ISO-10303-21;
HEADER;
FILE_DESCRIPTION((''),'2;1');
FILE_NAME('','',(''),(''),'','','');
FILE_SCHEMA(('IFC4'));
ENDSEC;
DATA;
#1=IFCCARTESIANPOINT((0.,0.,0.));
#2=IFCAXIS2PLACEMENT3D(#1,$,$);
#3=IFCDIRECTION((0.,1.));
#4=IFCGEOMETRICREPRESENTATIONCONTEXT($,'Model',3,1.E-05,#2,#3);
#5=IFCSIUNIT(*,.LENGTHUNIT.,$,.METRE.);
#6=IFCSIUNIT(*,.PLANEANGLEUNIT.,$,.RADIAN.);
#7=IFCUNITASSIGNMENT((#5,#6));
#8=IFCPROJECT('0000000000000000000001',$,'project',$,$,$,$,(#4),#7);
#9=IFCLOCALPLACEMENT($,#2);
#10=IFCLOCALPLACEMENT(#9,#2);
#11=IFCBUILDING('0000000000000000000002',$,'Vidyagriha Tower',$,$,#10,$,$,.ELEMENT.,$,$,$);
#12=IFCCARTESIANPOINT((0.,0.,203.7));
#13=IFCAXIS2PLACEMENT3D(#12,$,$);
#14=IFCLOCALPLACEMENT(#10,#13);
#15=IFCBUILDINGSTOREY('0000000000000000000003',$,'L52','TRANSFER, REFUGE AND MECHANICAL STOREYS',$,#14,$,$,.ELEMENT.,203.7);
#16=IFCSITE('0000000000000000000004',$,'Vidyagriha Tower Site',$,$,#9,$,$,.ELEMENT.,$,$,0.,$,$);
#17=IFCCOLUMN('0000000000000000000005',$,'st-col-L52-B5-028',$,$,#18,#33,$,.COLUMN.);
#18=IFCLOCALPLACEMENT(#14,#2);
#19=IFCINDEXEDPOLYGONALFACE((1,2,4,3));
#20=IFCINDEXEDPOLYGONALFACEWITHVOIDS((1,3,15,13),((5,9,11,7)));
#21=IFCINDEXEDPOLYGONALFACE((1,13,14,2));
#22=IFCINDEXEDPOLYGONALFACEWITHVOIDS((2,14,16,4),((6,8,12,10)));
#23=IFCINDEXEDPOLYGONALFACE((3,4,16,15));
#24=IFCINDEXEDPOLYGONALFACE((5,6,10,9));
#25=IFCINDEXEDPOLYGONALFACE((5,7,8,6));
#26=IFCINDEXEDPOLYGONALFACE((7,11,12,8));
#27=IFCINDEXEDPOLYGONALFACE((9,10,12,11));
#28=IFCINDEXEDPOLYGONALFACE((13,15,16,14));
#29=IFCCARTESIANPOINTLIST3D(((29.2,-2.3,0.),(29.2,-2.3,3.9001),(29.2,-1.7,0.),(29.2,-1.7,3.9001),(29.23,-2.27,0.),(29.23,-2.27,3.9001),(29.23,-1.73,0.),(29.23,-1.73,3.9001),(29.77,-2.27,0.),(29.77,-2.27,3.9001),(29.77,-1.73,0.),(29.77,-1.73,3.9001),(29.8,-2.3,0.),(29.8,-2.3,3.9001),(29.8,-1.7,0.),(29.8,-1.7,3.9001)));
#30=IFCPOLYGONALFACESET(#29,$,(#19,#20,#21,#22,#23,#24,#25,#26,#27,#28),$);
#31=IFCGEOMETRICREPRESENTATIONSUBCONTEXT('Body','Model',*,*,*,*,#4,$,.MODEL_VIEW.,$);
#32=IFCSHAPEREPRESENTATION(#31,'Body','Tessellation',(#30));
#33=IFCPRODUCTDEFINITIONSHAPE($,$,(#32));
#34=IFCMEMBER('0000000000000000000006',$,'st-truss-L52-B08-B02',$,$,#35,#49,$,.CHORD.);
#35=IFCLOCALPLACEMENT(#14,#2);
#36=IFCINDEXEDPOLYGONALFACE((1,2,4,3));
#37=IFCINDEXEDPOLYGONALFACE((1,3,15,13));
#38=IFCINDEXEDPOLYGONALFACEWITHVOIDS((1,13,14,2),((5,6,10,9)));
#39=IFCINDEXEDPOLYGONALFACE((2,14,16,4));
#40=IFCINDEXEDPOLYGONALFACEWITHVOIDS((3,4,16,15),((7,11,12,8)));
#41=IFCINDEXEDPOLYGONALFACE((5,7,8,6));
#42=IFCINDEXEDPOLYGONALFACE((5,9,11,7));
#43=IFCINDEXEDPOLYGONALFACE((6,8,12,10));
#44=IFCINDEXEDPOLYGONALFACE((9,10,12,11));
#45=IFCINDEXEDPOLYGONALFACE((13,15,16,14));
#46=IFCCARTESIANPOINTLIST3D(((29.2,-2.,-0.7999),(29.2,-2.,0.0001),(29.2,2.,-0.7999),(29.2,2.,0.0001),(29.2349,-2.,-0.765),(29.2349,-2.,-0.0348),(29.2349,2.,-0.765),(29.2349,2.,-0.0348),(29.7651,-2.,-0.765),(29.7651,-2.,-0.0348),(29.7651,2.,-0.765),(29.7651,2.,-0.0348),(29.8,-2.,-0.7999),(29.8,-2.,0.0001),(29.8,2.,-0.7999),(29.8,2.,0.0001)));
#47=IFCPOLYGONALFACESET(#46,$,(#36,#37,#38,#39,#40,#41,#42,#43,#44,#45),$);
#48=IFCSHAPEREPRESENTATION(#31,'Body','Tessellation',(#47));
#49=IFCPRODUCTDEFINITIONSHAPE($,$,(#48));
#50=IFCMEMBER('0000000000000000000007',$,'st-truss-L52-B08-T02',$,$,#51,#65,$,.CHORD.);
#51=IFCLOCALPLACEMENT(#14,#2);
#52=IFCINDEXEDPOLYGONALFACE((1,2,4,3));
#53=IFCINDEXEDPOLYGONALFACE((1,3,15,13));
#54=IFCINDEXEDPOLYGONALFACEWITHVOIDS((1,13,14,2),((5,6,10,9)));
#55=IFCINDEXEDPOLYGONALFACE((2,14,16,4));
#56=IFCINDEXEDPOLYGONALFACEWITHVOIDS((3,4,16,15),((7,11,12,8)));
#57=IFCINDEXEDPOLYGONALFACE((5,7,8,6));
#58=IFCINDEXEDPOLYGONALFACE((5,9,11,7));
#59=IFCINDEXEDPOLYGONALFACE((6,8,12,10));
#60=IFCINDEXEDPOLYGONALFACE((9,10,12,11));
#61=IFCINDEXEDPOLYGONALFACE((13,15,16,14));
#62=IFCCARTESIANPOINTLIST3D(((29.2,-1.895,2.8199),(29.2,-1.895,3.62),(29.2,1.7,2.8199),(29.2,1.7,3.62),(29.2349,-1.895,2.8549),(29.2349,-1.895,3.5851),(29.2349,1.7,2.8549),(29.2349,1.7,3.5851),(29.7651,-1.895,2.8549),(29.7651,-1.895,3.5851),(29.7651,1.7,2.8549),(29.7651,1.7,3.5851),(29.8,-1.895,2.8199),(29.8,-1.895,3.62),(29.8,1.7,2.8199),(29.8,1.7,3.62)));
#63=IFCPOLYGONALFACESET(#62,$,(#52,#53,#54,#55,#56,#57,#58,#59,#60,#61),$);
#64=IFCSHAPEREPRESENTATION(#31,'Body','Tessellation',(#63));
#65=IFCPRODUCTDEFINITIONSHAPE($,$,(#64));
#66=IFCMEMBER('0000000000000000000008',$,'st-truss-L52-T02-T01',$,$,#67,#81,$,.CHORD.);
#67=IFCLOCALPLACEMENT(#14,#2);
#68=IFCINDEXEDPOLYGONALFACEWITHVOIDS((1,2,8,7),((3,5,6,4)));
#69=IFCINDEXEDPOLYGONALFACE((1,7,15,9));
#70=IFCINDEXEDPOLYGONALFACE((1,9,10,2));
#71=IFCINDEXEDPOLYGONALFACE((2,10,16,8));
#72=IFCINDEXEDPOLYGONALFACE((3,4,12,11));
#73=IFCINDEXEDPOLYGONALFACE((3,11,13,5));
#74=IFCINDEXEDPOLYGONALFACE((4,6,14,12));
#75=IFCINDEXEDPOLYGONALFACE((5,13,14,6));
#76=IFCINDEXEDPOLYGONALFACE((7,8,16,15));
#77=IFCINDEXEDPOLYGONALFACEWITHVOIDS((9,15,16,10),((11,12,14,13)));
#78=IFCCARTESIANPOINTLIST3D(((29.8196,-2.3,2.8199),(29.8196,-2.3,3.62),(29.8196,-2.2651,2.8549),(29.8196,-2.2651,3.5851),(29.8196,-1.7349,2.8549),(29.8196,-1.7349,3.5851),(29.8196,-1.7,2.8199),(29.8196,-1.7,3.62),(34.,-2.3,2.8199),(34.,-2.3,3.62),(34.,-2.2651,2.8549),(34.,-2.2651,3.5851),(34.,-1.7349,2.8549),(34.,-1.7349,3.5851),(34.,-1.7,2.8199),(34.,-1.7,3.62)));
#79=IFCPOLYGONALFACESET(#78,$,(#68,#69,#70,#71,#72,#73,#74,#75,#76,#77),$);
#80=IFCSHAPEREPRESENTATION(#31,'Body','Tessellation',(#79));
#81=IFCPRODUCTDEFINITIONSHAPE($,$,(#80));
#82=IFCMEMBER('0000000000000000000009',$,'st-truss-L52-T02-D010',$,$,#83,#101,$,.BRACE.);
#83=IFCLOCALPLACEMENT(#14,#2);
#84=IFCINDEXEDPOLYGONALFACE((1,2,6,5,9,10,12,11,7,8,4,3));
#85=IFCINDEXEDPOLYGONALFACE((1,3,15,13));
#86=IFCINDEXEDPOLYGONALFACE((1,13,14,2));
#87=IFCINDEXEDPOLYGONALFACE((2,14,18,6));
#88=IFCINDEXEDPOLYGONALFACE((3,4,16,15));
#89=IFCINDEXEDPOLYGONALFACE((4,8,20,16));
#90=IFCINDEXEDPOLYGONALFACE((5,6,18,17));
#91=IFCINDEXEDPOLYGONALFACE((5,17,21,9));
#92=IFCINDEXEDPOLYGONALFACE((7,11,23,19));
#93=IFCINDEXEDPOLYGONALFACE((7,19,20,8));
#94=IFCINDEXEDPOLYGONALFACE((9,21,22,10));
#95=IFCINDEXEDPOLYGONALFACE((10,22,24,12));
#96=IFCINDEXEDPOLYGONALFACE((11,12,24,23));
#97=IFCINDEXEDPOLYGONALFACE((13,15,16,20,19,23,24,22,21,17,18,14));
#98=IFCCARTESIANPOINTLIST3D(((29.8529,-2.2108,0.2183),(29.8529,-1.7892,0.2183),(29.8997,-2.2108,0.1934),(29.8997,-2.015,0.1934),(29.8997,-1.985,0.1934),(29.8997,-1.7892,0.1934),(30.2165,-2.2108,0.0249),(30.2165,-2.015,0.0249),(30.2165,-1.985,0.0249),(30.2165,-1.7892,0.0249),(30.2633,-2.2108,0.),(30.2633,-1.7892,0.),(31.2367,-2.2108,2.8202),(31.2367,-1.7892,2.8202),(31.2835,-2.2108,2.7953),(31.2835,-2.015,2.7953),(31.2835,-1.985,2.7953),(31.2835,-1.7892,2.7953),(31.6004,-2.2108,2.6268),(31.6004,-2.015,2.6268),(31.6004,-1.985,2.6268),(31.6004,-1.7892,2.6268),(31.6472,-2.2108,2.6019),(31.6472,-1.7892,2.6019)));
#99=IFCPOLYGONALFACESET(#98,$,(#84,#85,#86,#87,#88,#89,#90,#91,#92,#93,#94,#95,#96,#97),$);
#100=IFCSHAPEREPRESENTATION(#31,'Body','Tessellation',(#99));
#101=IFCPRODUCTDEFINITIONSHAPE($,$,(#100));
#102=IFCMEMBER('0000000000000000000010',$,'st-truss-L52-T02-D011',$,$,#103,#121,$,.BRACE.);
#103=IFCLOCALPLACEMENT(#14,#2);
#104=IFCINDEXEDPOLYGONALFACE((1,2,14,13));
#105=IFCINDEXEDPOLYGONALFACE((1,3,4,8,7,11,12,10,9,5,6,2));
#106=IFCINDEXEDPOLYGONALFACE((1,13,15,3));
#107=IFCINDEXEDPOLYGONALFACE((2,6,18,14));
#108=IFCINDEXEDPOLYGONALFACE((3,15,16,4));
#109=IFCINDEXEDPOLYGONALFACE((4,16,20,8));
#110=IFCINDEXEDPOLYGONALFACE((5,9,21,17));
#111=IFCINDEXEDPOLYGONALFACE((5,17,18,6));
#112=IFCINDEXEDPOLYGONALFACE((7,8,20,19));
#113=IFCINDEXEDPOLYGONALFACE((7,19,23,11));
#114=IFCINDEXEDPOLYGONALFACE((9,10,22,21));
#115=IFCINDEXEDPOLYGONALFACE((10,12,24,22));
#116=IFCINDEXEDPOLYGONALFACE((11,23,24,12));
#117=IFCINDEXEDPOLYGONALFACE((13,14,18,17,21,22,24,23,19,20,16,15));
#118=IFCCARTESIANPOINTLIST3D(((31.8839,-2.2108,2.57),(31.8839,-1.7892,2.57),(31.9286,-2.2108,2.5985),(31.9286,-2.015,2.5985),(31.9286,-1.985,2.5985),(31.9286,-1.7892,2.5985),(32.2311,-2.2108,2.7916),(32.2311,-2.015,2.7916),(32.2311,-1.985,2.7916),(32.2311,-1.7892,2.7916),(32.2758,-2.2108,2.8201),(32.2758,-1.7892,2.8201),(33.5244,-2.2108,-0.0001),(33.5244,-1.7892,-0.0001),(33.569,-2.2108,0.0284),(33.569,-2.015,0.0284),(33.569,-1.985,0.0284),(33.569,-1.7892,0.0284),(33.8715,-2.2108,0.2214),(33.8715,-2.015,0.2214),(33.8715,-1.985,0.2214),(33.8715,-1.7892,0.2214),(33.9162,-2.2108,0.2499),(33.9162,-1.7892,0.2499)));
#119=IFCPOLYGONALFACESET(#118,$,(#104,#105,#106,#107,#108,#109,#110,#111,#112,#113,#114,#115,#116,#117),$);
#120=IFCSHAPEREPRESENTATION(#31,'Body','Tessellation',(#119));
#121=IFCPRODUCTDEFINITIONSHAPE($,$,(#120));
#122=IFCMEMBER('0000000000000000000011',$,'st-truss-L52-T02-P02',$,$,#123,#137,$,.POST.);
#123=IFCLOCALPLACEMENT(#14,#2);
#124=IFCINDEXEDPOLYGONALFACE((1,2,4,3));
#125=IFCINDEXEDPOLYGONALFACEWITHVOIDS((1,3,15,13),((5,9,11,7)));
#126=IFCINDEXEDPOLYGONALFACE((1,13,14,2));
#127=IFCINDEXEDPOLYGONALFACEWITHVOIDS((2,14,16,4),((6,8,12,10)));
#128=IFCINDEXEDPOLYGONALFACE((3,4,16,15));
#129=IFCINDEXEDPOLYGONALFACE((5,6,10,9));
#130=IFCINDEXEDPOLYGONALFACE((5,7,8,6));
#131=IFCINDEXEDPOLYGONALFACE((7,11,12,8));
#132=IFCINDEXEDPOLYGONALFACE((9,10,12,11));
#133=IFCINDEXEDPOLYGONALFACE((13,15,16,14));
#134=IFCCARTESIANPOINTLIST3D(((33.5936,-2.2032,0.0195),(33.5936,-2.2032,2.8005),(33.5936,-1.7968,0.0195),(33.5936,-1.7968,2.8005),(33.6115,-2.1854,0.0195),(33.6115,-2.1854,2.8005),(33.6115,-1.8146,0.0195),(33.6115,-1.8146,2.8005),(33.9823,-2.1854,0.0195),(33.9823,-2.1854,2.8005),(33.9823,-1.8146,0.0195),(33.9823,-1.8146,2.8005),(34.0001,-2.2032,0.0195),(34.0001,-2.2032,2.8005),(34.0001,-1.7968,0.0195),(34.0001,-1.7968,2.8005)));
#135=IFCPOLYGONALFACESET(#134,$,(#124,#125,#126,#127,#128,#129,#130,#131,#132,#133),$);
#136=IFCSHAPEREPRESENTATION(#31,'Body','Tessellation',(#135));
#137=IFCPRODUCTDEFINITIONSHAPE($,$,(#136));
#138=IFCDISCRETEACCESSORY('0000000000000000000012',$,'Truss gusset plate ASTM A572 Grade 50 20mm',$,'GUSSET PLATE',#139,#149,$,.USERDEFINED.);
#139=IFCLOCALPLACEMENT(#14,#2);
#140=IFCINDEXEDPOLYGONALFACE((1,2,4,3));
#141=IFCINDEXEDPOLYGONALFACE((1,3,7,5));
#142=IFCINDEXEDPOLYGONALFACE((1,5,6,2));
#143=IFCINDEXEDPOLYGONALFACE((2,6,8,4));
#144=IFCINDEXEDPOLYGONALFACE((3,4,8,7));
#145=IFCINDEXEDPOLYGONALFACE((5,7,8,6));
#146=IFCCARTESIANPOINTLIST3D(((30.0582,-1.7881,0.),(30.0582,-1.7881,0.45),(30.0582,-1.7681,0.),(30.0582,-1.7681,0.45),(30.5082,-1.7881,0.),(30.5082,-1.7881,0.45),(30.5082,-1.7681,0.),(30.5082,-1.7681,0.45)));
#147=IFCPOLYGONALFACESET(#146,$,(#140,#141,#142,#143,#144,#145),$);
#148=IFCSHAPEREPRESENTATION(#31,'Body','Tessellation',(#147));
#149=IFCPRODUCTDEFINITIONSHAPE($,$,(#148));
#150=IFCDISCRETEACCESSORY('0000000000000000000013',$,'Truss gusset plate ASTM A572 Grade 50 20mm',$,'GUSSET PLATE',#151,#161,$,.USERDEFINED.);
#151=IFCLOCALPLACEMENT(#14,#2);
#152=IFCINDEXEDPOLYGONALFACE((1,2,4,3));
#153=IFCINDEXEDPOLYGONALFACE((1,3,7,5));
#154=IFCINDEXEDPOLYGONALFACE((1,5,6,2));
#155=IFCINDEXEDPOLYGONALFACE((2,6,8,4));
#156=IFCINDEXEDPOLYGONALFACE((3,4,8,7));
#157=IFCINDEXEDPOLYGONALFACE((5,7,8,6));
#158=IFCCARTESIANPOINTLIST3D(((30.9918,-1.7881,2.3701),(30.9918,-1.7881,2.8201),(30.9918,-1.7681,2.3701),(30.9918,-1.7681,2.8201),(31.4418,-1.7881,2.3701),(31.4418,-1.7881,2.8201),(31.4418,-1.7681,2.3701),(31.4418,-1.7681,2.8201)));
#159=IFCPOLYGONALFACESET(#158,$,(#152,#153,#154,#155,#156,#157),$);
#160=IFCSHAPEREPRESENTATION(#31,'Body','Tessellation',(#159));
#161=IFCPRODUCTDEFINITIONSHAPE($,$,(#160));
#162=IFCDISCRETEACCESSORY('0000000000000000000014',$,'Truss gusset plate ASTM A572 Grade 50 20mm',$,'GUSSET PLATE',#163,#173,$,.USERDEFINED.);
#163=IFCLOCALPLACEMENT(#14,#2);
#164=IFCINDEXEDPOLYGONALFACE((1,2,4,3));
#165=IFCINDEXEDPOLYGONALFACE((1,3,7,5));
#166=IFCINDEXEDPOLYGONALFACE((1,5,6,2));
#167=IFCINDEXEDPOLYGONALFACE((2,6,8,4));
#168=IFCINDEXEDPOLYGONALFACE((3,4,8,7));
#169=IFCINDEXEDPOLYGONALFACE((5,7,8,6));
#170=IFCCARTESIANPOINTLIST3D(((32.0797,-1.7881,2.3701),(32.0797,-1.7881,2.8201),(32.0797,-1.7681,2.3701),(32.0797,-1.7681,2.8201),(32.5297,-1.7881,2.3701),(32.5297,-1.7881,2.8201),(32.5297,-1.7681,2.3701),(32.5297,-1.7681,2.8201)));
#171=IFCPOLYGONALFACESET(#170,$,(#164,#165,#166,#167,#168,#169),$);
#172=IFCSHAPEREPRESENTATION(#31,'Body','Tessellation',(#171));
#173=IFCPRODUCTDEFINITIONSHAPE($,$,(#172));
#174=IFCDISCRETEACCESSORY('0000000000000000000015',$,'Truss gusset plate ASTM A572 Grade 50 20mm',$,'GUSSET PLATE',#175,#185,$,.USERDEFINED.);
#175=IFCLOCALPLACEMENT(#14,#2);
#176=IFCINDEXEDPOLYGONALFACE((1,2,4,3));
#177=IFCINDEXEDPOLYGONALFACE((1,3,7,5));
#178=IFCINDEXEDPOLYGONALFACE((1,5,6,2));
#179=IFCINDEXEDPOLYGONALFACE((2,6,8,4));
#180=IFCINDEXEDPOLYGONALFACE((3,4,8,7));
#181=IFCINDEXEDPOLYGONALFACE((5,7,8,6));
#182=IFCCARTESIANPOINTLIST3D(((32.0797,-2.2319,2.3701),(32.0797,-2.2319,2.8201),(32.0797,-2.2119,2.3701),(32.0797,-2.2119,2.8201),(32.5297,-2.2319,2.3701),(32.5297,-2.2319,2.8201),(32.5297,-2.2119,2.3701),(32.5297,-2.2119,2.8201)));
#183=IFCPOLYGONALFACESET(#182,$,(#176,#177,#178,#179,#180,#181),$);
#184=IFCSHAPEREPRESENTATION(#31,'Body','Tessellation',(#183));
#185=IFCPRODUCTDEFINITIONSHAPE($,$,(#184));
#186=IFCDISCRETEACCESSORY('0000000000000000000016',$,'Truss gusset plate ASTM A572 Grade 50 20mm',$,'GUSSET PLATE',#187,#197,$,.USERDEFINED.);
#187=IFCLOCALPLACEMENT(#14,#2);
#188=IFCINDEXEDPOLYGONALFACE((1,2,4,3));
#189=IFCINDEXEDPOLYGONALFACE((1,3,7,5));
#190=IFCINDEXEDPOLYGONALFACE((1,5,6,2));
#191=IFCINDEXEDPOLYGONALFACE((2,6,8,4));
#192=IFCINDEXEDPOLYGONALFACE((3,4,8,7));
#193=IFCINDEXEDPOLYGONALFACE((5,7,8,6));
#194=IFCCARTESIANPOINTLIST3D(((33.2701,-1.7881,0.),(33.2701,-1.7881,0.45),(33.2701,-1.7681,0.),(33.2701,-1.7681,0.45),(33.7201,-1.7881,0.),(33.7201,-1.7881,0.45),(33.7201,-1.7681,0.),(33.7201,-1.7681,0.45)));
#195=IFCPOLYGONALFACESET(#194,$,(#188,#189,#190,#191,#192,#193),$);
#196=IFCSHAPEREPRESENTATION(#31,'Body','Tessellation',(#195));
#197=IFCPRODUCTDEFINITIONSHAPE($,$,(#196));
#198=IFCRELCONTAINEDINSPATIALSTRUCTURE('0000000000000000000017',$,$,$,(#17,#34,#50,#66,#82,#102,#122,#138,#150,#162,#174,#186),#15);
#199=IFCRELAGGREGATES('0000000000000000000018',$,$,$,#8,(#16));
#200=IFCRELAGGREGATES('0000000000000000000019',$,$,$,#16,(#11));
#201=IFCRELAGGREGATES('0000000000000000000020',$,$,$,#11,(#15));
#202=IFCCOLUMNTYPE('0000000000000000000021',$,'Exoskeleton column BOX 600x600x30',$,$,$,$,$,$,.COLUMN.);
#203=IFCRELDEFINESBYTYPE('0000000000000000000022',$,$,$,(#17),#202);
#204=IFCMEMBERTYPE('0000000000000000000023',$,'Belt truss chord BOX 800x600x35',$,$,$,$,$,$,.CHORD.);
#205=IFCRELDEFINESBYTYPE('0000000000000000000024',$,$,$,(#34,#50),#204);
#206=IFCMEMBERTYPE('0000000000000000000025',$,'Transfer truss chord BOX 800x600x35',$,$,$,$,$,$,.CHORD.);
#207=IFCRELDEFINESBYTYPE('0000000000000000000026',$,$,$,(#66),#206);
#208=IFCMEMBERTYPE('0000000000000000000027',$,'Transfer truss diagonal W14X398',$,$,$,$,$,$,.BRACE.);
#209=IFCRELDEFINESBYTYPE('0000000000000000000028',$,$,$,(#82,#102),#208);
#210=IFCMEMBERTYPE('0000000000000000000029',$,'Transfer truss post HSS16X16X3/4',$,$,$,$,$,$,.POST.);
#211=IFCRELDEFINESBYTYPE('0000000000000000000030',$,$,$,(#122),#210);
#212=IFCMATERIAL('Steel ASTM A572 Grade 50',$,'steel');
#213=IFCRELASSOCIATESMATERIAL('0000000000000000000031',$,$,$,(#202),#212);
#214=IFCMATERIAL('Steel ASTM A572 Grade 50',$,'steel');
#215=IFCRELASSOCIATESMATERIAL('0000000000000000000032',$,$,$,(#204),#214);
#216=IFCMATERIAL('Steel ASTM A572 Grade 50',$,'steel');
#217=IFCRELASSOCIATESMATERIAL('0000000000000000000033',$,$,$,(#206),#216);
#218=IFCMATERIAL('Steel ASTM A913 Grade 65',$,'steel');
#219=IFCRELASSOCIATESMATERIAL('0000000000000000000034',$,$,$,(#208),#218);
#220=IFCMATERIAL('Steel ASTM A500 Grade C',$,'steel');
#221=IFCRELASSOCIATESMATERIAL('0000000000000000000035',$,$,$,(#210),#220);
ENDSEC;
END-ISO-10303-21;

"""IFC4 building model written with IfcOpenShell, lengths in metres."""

from ifc_helpers import new_model, si_unit, direction, frame, origin, origin_2d, place, context, subcontext, project, spatial, rectangle, hollow_rectangle, i_section, extrude, material, material_profile, profile_set, type_object, element, save


model = new_model("IFC4")

# Units and contexts
model_context = context("Model", 3, precision=1e-05, world=origin(), true_north=direction((0.0, 1.0)))
body_context = subcontext(model_context, "Body", "Model", "MODEL_VIEW")
ifc_project = project(units=[si_unit("LENGTHUNIT", "METRE"), si_unit("PLANEANGLEUNIT", "RADIAN")], contexts=[model_context])

# Site, building, storey
site_placement = place(None, origin())
site = spatial("IfcSite", under=ifc_project, at=site_placement, Name="Vidyagriha Tower Site", CompositionType="ELEMENT", RefElevation=0.0)
building_placement = place(site_placement, origin())
building = spatial("IfcBuilding", under=site, at=building_placement, Name="Vidyagriha Tower", CompositionType="ELEMENT")
storey_placement = place(building_placement, frame((0.0, 0.0, 203.7)))
storey = spatial("IfcBuildingStorey", under=building, at=storey_placement, Name="L52", Description="TRANSFER, REFUGE AND MECHANICAL STOREYS", CompositionType="ELEMENT", Elevation=203.7)

# Column
ifc_material_1 = material(Name="Steel ASTM A572 Grade 50", Category="steel")
ifc_material_profile_1 = material_profile(ifc_material_1, hollow_rectangle(XDim=0.6001, YDim=0.6001, WallThickness=0.03, at=origin_2d()), Name="BOX 600x600x30")
ifc_profile_set_1 = profile_set([ifc_material_profile_1], Name="Steel ASTM A572 Grade 50")
column_type = type_object("IfcColumnType", Name="Exoskeleton column BOX 600x600x30", PredefinedType="COLUMN", material=ifc_profile_set_1)
column_placement = place(storey_placement, frame((29.5, -2.0, 0.0)))
element("IfcColumn", 1, at=column_placement, inside=storey, type_object=column_type, Name="st-col-L52-B5-028", PredefinedType="COLUMN", context=body_context, shape_type="SweptSolid", body=[
    extrude(hollow_rectangle(XDim=0.6001, YDim=0.6001, WallThickness=0.03, at=origin_2d()), origin(), (0.0, 0.0, 1.0), 3.9001),
])

# Members
ifc_material_2 = material(Name="Steel ASTM A572 Grade 50", Category="steel")
ifc_material_profile_2 = material_profile(ifc_material_2, hollow_rectangle(XDim=0.6001, YDim=0.8, WallThickness=0.0349, at=origin_2d()), Name="BOX 800x600x35")
ifc_profile_set_2 = profile_set([ifc_material_profile_2], Name="Steel ASTM A572 Grade 50")
member_type_1 = type_object("IfcMemberType", Name="Belt truss chord BOX 800x600x35", PredefinedType="CHORD", material=ifc_profile_set_2)
member_1_placement = place(storey_placement, frame((29.5, -2.0, -0.3999), z_axis=(0.0, 1.0, 0.0), x_axis=(-1.0, 0.0, 0.0)))
element("IfcMember", 2, at=member_1_placement, inside=storey, type_object=member_type_1, Name="st-truss-L52-B08-B02", PredefinedType="CHORD", context=body_context, shape_type="SweptSolid", body=[
    extrude(hollow_rectangle(XDim=0.6001, YDim=0.8, WallThickness=0.0349, at=origin_2d()), origin(), (0.0, 0.0, 1.0), 4.0),
])
member_2_placement = place(storey_placement, frame((29.5, -1.895, 3.22), z_axis=(0.0, 1.0, 0.0), x_axis=(-1.0, 0.0, 0.0)))
element("IfcMember", 3, at=member_2_placement, inside=storey, type_object=member_type_1, Name="st-truss-L52-B08-T02", PredefinedType="CHORD", context=body_context, shape_type="SweptSolid", body=[
    extrude(hollow_rectangle(XDim=0.6001, YDim=0.8, WallThickness=0.0349, at=origin_2d()), origin(), (0.0, 0.0, 1.0), 3.595),
])
ifc_material_3 = material(Name="Steel ASTM A572 Grade 50", Category="steel")
ifc_material_profile_3 = material_profile(ifc_material_3, hollow_rectangle(XDim=0.6001, YDim=0.8, WallThickness=0.0349, at=origin_2d()), Name="BOX 800x600x35")
ifc_profile_set_3 = profile_set([ifc_material_profile_3], Name="Steel ASTM A572 Grade 50")
member_type_2 = type_object("IfcMemberType", Name="Transfer truss chord BOX 800x600x35", PredefinedType="CHORD", material=ifc_profile_set_3)
member_3_placement = place(storey_placement, frame((29.8196, -2.0, 3.22), z_axis=(1.0, 0.0, 0.0), x_axis=(0.0, 1.0, 0.0)))
element("IfcMember", 4, at=member_3_placement, inside=storey, type_object=member_type_2, Name="st-truss-L52-T02-T01", PredefinedType="CHORD", context=body_context, shape_type="SweptSolid", body=[
    extrude(hollow_rectangle(XDim=0.6001, YDim=0.8, WallThickness=0.0349, at=origin_2d()), origin(), (0.0, 0.0, 1.0), 4.1804),
])
ifc_material_4 = material(Name="Steel ASTM A913 Grade 65", Category="steel")
ifc_material_profile_4 = material_profile(ifc_material_4, i_section(OverallWidth=0.4216, OverallDepth=0.4648, WebThickness=0.03, FlangeThickness=0.053, at=origin_2d()), Name="W14X398")
ifc_profile_set_4 = profile_set([ifc_material_profile_4], Name="Steel ASTM A913 Grade 65")
member_type_3 = type_object("IfcMemberType", Name="Transfer truss diagonal W14X398", PredefinedType="BRACE", material=ifc_profile_set_4)
member_4_placement = place(storey_placement, frame((30.0581, -2.0, 0.1091), z_axis=(0.469573, 0.0, 0.882894), x_axis=(0.0, 1.0, 0.0)))
element("IfcMember", 5, at=member_4_placement, inside=storey, type_object=member_type_3, Name="st-truss-L52-T02-D010", PredefinedType="BRACE", context=body_context, shape_type="SweptSolid", body=[
    extrude(i_section(OverallWidth=0.4216, OverallDepth=0.4648, WebThickness=0.03, FlangeThickness=0.053, at=origin_2d()), origin(), (0.0, 0.0, 1.0), 2.947),
])
member_5_placement = place(storey_placement, frame((32.0798, -2.0, 2.6951), z_axis=(0.538015, 0.0, -0.842935), x_axis=(0.0, 1.0, 0.0)))
element("IfcMember", 6, at=member_5_placement, inside=storey, type_object=member_type_3, Name="st-truss-L52-T02-D011", PredefinedType="BRACE", context=body_context, shape_type="SweptSolid", body=[
    extrude(i_section(OverallWidth=0.4216, OverallDepth=0.4648, WebThickness=0.03, FlangeThickness=0.053, at=origin_2d()), origin(), (0.0, 0.0, 1.0), 3.0491),
])
ifc_material_5 = material(Name="Steel ASTM A500 Grade C", Category="steel")
ifc_material_profile_5 = material_profile(ifc_material_5, hollow_rectangle(XDim=0.4065, YDim=0.4065, WallThickness=0.0178, at=origin_2d()), Name="HSS16X16X3/4")
ifc_profile_set_5 = profile_set([ifc_material_profile_5], Name="Steel ASTM A500 Grade C")
member_type_4 = type_object("IfcMemberType", Name="Transfer truss post HSS16X16X3/4", PredefinedType="POST", material=ifc_profile_set_5)
member_6_placement = place(storey_placement, frame((33.7969, -2.0, 0.0195)))
element("IfcMember", 7, at=member_6_placement, inside=storey, type_object=member_type_4, Name="st-truss-L52-T02-P02", PredefinedType="POST", context=body_context, shape_type="SweptSolid", body=[
    extrude(hollow_rectangle(XDim=0.4065, YDim=0.4065, WallThickness=0.0178, at=origin_2d()), origin(), (0.0, 0.0, 1.0), 2.781),
])

# Discrete accessories
for number, where, name in (
    (8, (30.2832, -1.7781, 0.0), "Truss gusset plate ASTM A572 Grade 50 20mm"),
    (9, (31.2168, -1.7781, 2.3701), "Truss gusset plate ASTM A572 Grade 50 20mm"),
    (10, (32.3047, -1.7781, 2.3701), "Truss gusset plate ASTM A572 Grade 50 20mm"),
    (11, (32.3047, -2.2219, 2.3701), "Truss gusset plate ASTM A572 Grade 50 20mm"),
    (12, (33.4951, -1.7781, 0.0), "Truss gusset plate ASTM A572 Grade 50 20mm"),
):
    element("IfcDiscreteAccessory", number, at=place(storey_placement, frame(where)), inside=storey, Name=name, ObjectType="GUSSET PLATE", PredefinedType="USERDEFINED", context=body_context, shape_type="SweptSolid", body=[
        extrude(rectangle(XDim=0.45, YDim=0.02, at=origin_2d()), origin(), (0.0, 0.0, 1.0), 0.45),
    ])

save(model, "model.ifc")
